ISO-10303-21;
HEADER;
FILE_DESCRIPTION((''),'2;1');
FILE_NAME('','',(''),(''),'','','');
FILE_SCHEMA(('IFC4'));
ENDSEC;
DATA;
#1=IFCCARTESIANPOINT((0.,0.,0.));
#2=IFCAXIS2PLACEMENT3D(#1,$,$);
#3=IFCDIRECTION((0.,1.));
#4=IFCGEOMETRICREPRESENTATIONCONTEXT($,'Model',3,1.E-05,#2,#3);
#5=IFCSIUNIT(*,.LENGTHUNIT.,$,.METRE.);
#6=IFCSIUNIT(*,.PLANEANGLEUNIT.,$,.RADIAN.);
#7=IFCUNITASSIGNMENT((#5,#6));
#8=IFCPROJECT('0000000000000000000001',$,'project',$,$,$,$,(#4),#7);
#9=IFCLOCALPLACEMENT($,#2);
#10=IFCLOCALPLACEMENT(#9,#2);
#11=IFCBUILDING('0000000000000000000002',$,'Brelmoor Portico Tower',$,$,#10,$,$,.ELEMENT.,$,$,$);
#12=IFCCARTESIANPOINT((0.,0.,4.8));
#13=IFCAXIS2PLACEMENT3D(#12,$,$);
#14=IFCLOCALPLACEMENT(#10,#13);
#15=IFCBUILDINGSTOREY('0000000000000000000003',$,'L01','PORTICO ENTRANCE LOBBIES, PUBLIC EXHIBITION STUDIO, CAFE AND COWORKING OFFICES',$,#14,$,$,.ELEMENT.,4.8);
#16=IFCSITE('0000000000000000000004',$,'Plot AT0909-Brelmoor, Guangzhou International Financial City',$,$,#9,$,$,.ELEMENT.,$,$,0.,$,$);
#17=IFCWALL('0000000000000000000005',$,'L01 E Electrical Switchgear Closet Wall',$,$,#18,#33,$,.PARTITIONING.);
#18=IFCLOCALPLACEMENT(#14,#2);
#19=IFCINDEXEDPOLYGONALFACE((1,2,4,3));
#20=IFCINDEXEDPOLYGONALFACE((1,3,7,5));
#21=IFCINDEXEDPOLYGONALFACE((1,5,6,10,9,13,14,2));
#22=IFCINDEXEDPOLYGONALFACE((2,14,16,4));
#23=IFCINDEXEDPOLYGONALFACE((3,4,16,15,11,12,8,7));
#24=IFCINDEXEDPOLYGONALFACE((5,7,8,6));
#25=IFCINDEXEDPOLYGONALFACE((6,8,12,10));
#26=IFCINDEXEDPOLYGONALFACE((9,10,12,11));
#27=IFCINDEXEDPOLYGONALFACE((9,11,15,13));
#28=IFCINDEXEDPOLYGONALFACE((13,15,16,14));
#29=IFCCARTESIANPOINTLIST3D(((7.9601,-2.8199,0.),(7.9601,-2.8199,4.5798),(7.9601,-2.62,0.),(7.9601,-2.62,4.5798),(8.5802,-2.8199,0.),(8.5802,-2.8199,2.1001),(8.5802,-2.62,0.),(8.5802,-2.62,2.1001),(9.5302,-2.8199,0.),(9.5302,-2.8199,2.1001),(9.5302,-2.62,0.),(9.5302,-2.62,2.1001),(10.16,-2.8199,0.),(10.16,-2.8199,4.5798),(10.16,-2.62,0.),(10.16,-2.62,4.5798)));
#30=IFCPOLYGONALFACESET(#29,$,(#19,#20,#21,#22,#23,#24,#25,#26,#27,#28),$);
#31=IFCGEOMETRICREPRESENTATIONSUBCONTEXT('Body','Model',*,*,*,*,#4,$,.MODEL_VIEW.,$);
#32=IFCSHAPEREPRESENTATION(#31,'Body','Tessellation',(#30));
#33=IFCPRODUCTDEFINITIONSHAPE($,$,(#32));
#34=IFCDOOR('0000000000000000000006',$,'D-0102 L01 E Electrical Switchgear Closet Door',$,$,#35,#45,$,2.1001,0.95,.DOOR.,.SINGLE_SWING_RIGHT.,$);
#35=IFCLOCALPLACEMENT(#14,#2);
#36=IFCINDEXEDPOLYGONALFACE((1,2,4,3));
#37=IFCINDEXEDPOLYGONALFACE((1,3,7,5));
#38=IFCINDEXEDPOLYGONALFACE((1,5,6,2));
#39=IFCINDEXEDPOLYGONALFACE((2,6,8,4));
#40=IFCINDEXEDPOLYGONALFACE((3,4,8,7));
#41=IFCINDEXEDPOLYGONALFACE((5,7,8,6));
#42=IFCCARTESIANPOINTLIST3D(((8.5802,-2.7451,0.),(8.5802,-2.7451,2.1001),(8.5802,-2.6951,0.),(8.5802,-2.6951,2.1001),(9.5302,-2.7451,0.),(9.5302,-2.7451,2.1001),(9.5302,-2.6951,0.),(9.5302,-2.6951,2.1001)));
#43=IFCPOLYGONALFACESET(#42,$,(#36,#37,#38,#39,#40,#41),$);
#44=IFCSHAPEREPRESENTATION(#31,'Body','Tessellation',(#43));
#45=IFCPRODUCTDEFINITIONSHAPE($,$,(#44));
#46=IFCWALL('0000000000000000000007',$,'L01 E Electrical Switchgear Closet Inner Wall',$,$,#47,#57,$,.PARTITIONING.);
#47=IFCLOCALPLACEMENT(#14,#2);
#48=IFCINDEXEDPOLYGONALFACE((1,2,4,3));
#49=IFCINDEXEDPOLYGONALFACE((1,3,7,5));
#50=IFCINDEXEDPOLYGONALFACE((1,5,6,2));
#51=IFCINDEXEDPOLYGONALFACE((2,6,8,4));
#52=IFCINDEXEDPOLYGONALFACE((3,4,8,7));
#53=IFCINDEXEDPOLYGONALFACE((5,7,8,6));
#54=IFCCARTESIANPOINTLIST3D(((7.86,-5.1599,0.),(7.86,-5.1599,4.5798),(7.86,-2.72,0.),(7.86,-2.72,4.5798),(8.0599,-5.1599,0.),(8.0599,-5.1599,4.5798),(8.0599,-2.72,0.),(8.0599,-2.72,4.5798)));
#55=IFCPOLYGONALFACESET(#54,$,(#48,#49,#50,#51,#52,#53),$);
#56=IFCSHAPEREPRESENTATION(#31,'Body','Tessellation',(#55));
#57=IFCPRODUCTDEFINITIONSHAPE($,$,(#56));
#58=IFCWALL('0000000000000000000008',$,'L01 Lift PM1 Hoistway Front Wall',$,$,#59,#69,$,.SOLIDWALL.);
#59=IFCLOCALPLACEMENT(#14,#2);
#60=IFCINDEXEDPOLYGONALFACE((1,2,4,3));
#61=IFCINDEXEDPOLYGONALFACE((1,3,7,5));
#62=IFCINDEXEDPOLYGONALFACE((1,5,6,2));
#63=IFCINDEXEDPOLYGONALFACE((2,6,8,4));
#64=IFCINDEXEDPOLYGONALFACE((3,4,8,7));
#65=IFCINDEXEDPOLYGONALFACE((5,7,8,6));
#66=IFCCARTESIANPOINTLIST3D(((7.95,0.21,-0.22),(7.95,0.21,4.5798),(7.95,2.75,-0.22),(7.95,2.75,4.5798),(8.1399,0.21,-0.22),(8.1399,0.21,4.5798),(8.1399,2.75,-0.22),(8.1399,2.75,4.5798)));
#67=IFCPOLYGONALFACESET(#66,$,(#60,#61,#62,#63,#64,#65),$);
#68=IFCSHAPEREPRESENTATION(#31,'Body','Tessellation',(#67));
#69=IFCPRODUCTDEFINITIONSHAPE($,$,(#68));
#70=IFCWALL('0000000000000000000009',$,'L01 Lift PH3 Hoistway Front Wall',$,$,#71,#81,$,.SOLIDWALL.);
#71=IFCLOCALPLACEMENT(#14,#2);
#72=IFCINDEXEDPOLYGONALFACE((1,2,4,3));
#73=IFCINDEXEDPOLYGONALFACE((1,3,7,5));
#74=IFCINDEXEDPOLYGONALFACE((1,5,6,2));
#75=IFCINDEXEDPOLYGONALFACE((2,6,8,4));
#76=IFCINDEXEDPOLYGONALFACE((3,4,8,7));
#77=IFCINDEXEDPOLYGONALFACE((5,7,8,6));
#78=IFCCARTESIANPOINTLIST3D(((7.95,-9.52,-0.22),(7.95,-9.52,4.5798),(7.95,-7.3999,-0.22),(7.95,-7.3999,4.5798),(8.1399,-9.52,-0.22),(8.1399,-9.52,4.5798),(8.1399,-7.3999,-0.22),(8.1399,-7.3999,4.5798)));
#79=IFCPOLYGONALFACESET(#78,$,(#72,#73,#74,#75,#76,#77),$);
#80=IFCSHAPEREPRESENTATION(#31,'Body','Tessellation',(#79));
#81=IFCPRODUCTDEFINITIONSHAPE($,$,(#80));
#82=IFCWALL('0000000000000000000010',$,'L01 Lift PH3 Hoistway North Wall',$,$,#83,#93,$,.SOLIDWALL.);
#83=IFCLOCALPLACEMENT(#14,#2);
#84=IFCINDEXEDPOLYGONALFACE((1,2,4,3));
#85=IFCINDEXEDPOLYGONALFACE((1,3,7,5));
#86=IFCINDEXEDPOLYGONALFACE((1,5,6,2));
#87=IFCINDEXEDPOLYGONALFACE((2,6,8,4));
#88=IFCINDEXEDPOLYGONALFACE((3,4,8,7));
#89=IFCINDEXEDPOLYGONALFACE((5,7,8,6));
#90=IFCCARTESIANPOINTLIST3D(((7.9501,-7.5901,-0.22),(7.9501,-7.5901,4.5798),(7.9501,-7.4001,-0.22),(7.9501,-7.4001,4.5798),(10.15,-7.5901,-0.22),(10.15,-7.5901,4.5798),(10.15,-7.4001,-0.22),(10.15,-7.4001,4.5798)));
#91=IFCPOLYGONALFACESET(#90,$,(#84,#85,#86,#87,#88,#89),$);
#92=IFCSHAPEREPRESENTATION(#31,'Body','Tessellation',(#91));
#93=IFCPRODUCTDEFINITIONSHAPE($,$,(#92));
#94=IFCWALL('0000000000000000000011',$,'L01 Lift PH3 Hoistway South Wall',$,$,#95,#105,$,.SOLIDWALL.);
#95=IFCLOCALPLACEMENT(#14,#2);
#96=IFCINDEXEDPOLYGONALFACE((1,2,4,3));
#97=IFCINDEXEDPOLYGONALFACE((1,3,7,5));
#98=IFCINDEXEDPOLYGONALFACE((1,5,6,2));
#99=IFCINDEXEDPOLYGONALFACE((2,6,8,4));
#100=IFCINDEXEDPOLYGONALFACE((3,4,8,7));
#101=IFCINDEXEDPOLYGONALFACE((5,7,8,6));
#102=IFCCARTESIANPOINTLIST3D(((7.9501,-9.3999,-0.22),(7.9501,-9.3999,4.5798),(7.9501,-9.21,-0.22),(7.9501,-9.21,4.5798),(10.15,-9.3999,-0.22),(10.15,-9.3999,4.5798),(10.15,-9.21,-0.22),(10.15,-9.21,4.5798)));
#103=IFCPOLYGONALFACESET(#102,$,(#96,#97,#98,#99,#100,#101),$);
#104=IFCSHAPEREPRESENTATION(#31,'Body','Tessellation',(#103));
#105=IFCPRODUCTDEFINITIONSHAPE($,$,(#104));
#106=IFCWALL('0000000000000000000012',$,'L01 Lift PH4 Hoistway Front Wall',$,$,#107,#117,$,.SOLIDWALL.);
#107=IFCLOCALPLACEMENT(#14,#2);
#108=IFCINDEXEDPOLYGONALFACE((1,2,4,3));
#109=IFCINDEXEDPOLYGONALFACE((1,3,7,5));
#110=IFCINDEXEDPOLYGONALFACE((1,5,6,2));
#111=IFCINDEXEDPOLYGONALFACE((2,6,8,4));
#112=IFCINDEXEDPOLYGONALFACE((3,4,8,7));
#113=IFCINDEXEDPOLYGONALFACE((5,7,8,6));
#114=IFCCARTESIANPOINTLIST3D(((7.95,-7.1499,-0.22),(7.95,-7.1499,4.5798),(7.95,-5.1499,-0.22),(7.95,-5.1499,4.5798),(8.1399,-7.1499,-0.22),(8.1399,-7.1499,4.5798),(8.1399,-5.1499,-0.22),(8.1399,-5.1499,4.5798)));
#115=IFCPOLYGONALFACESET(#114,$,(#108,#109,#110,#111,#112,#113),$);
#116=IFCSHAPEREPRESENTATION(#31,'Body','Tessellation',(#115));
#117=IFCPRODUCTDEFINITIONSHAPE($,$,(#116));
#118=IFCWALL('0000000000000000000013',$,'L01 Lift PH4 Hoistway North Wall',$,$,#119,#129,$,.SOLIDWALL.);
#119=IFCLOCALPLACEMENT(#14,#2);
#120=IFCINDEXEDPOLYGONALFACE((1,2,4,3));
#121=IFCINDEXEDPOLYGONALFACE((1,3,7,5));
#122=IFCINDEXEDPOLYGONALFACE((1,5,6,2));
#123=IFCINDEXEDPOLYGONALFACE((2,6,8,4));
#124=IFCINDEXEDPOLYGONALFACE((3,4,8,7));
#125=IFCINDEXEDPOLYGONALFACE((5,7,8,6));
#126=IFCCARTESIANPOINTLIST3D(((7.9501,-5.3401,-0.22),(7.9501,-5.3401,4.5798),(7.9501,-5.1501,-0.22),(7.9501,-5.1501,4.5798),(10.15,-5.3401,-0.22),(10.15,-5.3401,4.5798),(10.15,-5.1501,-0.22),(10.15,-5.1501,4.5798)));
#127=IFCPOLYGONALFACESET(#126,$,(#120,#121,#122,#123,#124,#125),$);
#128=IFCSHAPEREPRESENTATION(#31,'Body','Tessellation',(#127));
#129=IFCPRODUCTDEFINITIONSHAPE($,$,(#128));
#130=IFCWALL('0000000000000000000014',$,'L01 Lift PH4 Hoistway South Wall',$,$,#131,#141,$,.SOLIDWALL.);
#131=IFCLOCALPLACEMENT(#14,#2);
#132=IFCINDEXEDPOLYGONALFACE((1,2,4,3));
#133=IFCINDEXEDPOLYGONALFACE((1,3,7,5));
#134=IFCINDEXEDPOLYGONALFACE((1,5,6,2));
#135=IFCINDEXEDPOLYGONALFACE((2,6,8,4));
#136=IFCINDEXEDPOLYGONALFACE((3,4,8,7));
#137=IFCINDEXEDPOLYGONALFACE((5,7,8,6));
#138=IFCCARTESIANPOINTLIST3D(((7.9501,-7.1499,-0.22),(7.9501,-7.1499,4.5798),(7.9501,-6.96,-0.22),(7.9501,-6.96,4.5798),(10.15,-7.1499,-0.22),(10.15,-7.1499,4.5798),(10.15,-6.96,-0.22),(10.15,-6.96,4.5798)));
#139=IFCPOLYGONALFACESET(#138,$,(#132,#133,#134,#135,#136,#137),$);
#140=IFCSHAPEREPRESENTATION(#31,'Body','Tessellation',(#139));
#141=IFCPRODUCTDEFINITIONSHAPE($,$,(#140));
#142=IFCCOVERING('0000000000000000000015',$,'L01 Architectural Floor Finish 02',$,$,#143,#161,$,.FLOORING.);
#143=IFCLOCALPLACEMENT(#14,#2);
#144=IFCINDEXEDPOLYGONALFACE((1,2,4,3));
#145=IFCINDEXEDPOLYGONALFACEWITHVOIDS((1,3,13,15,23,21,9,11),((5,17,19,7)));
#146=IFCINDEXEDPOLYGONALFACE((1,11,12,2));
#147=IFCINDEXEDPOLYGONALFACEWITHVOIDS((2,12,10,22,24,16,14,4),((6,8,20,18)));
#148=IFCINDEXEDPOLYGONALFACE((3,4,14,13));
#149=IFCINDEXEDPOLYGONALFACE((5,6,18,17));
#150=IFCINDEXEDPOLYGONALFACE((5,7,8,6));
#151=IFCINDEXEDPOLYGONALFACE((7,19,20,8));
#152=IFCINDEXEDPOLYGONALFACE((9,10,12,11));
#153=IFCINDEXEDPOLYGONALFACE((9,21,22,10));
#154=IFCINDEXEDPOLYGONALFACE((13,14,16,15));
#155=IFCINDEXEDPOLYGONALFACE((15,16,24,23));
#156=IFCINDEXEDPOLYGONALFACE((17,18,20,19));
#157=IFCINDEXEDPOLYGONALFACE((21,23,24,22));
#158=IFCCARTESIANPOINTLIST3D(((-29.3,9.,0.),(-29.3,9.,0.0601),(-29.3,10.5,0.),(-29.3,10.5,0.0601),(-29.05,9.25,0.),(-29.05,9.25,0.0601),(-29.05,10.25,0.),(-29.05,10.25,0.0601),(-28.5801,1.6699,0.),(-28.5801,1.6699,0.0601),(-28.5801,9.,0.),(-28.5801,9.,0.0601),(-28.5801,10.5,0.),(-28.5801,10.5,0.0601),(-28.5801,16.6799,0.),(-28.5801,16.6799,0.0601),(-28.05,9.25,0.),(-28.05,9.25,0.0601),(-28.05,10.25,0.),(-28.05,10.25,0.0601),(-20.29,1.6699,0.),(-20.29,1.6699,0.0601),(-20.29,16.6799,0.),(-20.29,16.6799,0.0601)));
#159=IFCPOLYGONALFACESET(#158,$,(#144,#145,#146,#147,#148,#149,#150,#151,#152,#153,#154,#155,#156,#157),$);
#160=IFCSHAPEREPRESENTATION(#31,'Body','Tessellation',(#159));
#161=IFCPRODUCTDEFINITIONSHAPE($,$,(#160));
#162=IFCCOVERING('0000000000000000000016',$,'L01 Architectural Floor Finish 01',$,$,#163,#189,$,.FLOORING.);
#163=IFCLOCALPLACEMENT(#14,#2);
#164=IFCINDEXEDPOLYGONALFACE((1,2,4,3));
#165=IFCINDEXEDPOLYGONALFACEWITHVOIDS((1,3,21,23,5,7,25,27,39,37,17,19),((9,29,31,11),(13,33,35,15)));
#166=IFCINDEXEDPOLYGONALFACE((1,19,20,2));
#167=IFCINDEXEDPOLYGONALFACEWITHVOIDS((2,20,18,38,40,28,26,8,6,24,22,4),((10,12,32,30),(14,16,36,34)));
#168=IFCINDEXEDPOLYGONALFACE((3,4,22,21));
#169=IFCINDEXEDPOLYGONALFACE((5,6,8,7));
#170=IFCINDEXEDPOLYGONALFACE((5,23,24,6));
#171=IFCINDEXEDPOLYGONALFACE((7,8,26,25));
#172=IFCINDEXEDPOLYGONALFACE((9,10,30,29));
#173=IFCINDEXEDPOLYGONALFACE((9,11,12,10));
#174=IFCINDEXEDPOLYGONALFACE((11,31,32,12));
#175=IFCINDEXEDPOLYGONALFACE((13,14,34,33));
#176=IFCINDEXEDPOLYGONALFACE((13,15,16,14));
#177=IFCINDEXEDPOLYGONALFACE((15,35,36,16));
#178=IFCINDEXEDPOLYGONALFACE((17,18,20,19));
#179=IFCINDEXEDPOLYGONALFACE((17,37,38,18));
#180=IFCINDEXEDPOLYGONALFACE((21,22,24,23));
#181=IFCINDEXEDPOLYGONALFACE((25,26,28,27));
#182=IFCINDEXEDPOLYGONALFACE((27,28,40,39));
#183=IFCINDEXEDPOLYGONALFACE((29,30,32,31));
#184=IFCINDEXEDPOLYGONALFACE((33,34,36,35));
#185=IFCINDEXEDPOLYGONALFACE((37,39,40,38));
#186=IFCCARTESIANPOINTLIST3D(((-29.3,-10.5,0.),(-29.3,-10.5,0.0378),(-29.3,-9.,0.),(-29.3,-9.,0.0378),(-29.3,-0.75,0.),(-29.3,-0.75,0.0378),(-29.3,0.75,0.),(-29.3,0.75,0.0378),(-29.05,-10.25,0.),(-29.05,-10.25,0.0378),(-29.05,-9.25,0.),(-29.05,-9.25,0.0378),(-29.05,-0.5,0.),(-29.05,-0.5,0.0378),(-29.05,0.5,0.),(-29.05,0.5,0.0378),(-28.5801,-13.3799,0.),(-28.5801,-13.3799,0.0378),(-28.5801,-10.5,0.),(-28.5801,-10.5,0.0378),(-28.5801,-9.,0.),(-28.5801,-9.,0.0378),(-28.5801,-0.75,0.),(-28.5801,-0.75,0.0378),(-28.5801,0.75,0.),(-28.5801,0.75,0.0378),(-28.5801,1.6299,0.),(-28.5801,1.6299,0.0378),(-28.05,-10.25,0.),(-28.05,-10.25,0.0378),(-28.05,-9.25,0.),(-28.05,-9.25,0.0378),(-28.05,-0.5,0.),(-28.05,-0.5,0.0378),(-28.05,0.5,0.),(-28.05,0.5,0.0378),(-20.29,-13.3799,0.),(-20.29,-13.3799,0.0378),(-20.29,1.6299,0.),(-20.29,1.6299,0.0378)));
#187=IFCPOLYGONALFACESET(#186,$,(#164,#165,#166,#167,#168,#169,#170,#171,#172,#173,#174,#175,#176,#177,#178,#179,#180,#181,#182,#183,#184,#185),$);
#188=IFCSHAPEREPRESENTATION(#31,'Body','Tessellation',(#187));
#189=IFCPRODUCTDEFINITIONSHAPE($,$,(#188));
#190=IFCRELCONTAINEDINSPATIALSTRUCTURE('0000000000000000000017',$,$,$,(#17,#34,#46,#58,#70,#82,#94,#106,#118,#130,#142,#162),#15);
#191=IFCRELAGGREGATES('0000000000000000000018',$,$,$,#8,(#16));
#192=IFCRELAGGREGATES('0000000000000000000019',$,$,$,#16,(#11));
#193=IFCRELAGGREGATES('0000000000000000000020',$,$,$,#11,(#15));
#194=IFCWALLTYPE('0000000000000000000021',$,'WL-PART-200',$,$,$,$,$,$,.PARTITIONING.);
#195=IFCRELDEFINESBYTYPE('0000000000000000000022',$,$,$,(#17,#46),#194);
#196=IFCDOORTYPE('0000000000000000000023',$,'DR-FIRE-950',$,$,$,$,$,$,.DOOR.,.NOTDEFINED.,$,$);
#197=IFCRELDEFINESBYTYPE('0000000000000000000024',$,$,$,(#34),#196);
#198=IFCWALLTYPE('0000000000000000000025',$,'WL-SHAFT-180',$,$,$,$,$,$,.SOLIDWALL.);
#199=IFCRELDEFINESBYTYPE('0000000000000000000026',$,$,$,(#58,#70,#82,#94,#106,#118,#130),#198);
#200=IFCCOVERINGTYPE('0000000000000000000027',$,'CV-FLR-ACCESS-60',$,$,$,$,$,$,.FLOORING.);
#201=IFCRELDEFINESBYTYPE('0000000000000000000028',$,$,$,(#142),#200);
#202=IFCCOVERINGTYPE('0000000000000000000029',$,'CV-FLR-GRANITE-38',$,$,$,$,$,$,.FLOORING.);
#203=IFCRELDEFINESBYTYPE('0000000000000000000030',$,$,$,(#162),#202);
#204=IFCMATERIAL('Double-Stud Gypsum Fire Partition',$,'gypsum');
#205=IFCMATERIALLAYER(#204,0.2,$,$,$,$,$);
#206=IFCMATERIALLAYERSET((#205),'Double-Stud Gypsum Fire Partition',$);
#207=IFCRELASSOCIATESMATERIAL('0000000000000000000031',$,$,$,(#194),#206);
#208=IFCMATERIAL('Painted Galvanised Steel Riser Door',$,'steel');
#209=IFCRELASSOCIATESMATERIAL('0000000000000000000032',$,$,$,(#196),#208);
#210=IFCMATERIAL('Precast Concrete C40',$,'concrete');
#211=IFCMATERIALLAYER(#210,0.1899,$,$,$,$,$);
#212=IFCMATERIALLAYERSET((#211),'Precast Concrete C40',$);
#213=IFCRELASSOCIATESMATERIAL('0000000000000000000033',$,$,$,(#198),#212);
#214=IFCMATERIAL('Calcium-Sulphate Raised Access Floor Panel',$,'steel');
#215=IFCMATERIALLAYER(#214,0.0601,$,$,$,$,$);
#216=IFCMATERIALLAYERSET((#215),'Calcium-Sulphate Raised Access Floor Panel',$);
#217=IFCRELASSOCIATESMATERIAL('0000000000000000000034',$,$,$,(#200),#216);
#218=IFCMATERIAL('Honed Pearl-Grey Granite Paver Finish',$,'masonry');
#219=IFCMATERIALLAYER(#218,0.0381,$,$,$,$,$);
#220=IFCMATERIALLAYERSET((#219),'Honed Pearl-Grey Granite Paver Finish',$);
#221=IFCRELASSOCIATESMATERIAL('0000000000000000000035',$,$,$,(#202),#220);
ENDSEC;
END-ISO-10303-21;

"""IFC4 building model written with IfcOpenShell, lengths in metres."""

from ifc_helpers import new_model, si_unit, direction, frame, frame_2d, origin, place, context, subcontext, project, spatial, polyline, rectangle, outline, extrude, material, layer, layer_set, type_object, element, fill, save


model = new_model("IFC4")

# Units and contexts
model_context = context("Model", 3, precision=1e-05, world=origin(), true_north=direction((0.0, 1.0)))
body_context = subcontext(model_context, "Body", "Model", "MODEL_VIEW")
ifc_project = project(units=[si_unit("LENGTHUNIT", "METRE"), si_unit("PLANEANGLEUNIT", "RADIAN")], contexts=[model_context])

# Site, building, storey
site_placement = place(None, origin())
site = spatial("IfcSite", under=ifc_project, at=site_placement, Name="Plot AT0909-Brelmoor, Guangzhou International Financial City", CompositionType="ELEMENT", RefElevation=0.0)
building_placement = place(site_placement, origin())
building = spatial("IfcBuilding", under=site, at=building_placement, Name="Brelmoor Portico Tower", CompositionType="ELEMENT")
storey_placement = place(building_placement, frame((0.0, 0.0, 4.8)))
storey = spatial("IfcBuildingStorey", under=building, at=storey_placement, Name="L01", Description="PORTICO ENTRANCE LOBBIES, PUBLIC EXHIBITION STUDIO, CAFE AND COWORKING OFFICES", CompositionType="ELEMENT", Elevation=4.8)

# Wall, opening, door
ifc_material_1 = material(Name="Double-Stud Gypsum Fire Partition", Category="gypsum")
ifc_layer_1 = layer(ifc_material_1, 0.2)
ifc_layer_set_1 = layer_set([ifc_layer_1], Name="Double-Stud Gypsum Fire Partition")
wall_type_1 = type_object("IfcWallType", Name="WL-PART-200", PredefinedType="PARTITIONING", material=ifc_layer_set_1)
wall_1_placement = place(storey_placement, frame((7.96, -2.72, 0.0), z_axis=(0.0, 0.0, 1.0), x_axis=(1.0, 0.0, 0.0)))
wall_1 = element("IfcWall", 1, at=wall_1_placement, inside=storey, type_object=wall_type_1, Name="L01 E Electrical Switchgear Closet Wall", PredefinedType="PARTITIONING", context=body_context, shape_type="SweptSolid", body=[
    extrude(rectangle(XDim=2.2, YDim=0.2, at=frame_2d((1.1001, 0.0))), origin(), (0.0, 0.0, 1.0), 4.5798),
])
opening_1_placement = place(wall_1_placement, frame((0.6201, 0.0, 0.0)))
opening_1 = element("IfcOpeningElement", 2, at=opening_1_placement, cuts=wall_1, PredefinedType="OPENING", context=body_context, shape_type="SweptSolid", body=[
    extrude(rectangle(XDim=0.95, YDim=2.1001, at=frame_2d((0.4751, 1.05))), frame((0.0, 0.1099, 0.0), z_axis=(0.0, -1.0, 0.0), x_axis=(1.0, 0.0, 0.0)), (0.0, 0.0, 1.0), 0.22),
])
ifc_material_2 = material(Name="Painted Galvanised Steel Riser Door", Category="steel")
door_type_1 = type_object("IfcDoorType", Name="DR-FIRE-950", OperationType="NOTDEFINED", PredefinedType="DOOR", material=ifc_material_2)
door_1_placement = place(opening_1_placement, origin())
door_1 = element("IfcDoor", 3, at=door_1_placement, inside=storey, type_object=door_type_1, Name="D-0102 L01 E Electrical Switchgear Closet Door", OperationType="SINGLE_SWING_RIGHT", OverallHeight=2.1001, OverallWidth=0.95, PredefinedType="DOOR", context=body_context, shape_type="SweptSolid", body=[
    extrude(rectangle(XDim=0.95, YDim=2.1001, at=frame_2d((0.4751, 1.05))), frame((0.0, 0.0249, 0.0), z_axis=(0.0, -1.0, 0.0), x_axis=(1.0, 0.0, 0.0)), (0.0, 0.0, 1.0), 0.05),
])
fill(opening_1, door_1)

# Wall
wall_2_placement = place(storey_placement, frame((7.96, -5.1599, 0.0), z_axis=(0.0, 0.0, 1.0), x_axis=(0.0, 1.0, 0.0)))
element("IfcWall", 4, at=wall_2_placement, inside=storey, type_object=wall_type_1, Name="L01 E Electrical Switchgear Closet Inner Wall", PredefinedType="PARTITIONING", context=body_context, shape_type="SweptSolid", body=[
    extrude(rectangle(XDim=2.4399, YDim=0.2, at=frame_2d((1.22, 0.0))), origin(), (0.0, 0.0, 1.0), 4.5798),
])

# Walls
ifc_material_3 = material(Name="Precast Concrete C40", Category="concrete")
ifc_layer_2 = layer(ifc_material_3, 0.1899)
ifc_layer_set_2 = layer_set([ifc_layer_2], Name="Precast Concrete C40")
wall_type_2 = type_object("IfcWallType", Name="WL-SHAFT-180", PredefinedType="SOLIDWALL", material=ifc_layer_set_2)
wall_3_placement = place(storey_placement, frame((8.0449, 0.21, -0.22), z_axis=(0.0, 0.0, 1.0), x_axis=(0.0, 1.0, 0.0)))
element("IfcWall", 5, at=wall_3_placement, inside=storey, type_object=wall_type_2, Name="L01 Lift PM1 Hoistway Front Wall", PredefinedType="SOLIDWALL", context=body_context, shape_type="SweptSolid", body=[
    extrude(rectangle(XDim=2.54, YDim=0.1899, at=frame_2d((1.27, 0.0))), origin(), (0.0, 0.0, 1.0), 4.7998),
])
wall_4_placement = place(storey_placement, frame((8.0449, -9.52, -0.22), z_axis=(0.0, 0.0, 1.0), x_axis=(0.0, 1.0, 0.0)))
element("IfcWall", 6, at=wall_4_placement, inside=storey, type_object=wall_type_2, Name="L01 Lift PH3 Hoistway Front Wall", PredefinedType="SOLIDWALL", context=body_context, shape_type="SweptSolid", body=[
    extrude(rectangle(XDim=2.1201, YDim=0.1899, at=frame_2d((1.0601, 0.0))), origin(), (0.0, 0.0, 1.0), 4.7998),
])
for number, where, z_axis, x_axis, name in (
    (7, (7.95, -7.4951, -0.22), (0.0, 0.0, 1.0), (1.0, 0.0, 0.0), "L01 Lift PH3 Hoistway North Wall"),
    (8, (7.95, -9.3049, -0.22), (0.0, 0.0, 1.0), (1.0, 0.0, 0.0), "L01 Lift PH3 Hoistway South Wall"),
):
    element("IfcWall", number, at=place(storey_placement, frame(where, z_axis=z_axis, x_axis=x_axis)), inside=storey, type_object=wall_type_2, Name=name, PredefinedType="SOLIDWALL", context=body_context, shape_type="SweptSolid", body=[
        extrude(rectangle(XDim=2.2, YDim=0.1899, at=frame_2d((1.1001, 0.0))), origin(), (0.0, 0.0, 1.0), 4.7998),
    ])
wall_5_placement = place(storey_placement, frame((8.0449, -7.1499, -0.22), z_axis=(0.0, 0.0, 1.0), x_axis=(0.0, 1.0, 0.0)))
element("IfcWall", 9, at=wall_5_placement, inside=storey, type_object=wall_type_2, Name="L01 Lift PH4 Hoistway Front Wall", PredefinedType="SOLIDWALL", context=body_context, shape_type="SweptSolid", body=[
    extrude(rectangle(XDim=2.0, YDim=0.1899, at=frame_2d((1.0, 0.0))), origin(), (0.0, 0.0, 1.0), 4.7998),
])
for number, where, z_axis, x_axis, name in (
    (10, (7.95, -5.2451, -0.22), (0.0, 0.0, 1.0), (1.0, 0.0, 0.0), "L01 Lift PH4 Hoistway North Wall"),
    (11, (7.95, -7.0549, -0.22), (0.0, 0.0, 1.0), (1.0, 0.0, 0.0), "L01 Lift PH4 Hoistway South Wall"),
):
    element("IfcWall", number, at=place(storey_placement, frame(where, z_axis=z_axis, x_axis=x_axis)), inside=storey, type_object=wall_type_2, Name=name, PredefinedType="SOLIDWALL", context=body_context, shape_type="SweptSolid", body=[
        extrude(rectangle(XDim=2.2, YDim=0.1899, at=frame_2d((1.1001, 0.0))), origin(), (0.0, 0.0, 1.0), 4.7998),
    ])

# Coverings
ifc_material_4 = material(Name="Calcium-Sulphate Raised Access Floor Panel", Category="steel")
ifc_layer_3 = layer(ifc_material_4, 0.0601)
ifc_layer_set_3 = layer_set([ifc_layer_3], Name="Calcium-Sulphate Raised Access Floor Panel")
covering_type_1 = type_object("IfcCoveringType", Name="CV-FLR-ACCESS-60", PredefinedType="FLOORING", material=ifc_layer_set_3)
covering_1_placement = place(storey_placement, origin())
element("IfcCovering", 12, at=covering_1_placement, inside=storey, type_object=covering_type_1, Name="L01 Architectural Floor Finish 02", PredefinedType="FLOORING", context=body_context, shape_type="SweptSolid", body=[
    extrude(outline(polyline([(-28.5801, 9.0), (-29.3, 9.0), (-29.3, 10.5), (-28.5801, 10.5), (-28.5801, 16.6799), (-20.29, 16.6799), (-20.29, 1.6699), (-28.5801, 1.6699), (-28.5801, 9.0)]), holes=[polyline([(-29.05, 9.25), (-28.05, 9.25), (-28.05, 10.25), (-29.05, 10.25), (-29.05, 9.25)])]), origin(), (0.0, 0.0, 1.0), 0.0601),
])
ifc_material_5 = material(Name="Honed Pearl-Grey Granite Paver Finish", Category="masonry")
ifc_layer_4 = layer(ifc_material_5, 0.0381)
ifc_layer_set_4 = layer_set([ifc_layer_4], Name="Honed Pearl-Grey Granite Paver Finish")
covering_type_2 = type_object("IfcCoveringType", Name="CV-FLR-GRANITE-38", PredefinedType="FLOORING", material=ifc_layer_set_4)
covering_2_placement = place(storey_placement, origin())
element("IfcCovering", 13, at=covering_2_placement, inside=storey, type_object=covering_type_2, Name="L01 Architectural Floor Finish 01", PredefinedType="FLOORING", context=body_context, shape_type="SweptSolid", body=[
    extrude(outline(polyline([(-29.3, -9.0), (-28.5801, -9.0), (-28.5801, -0.75), (-29.3, -0.75), (-29.3, 0.75), (-28.5801, 0.75), (-28.5801, 1.6299), (-20.29, 1.6299), (-20.29, -13.3799), (-28.5801, -13.3799), (-28.5801, -10.5), (-29.3, -10.5), (-29.3, -9.0)]), holes=[polyline([(-29.05, -10.25), (-28.05, -10.25), (-28.05, -9.25), (-29.05, -9.25), (-29.05, -10.25)]), polyline([(-28.05, -0.5), (-28.05, 0.5), (-29.05, 0.5), (-29.05, -0.5), (-28.05, -0.5)])]), origin(), (0.0, 0.0, 1.0), 0.0378),
])

save(model, "model.ifc")
